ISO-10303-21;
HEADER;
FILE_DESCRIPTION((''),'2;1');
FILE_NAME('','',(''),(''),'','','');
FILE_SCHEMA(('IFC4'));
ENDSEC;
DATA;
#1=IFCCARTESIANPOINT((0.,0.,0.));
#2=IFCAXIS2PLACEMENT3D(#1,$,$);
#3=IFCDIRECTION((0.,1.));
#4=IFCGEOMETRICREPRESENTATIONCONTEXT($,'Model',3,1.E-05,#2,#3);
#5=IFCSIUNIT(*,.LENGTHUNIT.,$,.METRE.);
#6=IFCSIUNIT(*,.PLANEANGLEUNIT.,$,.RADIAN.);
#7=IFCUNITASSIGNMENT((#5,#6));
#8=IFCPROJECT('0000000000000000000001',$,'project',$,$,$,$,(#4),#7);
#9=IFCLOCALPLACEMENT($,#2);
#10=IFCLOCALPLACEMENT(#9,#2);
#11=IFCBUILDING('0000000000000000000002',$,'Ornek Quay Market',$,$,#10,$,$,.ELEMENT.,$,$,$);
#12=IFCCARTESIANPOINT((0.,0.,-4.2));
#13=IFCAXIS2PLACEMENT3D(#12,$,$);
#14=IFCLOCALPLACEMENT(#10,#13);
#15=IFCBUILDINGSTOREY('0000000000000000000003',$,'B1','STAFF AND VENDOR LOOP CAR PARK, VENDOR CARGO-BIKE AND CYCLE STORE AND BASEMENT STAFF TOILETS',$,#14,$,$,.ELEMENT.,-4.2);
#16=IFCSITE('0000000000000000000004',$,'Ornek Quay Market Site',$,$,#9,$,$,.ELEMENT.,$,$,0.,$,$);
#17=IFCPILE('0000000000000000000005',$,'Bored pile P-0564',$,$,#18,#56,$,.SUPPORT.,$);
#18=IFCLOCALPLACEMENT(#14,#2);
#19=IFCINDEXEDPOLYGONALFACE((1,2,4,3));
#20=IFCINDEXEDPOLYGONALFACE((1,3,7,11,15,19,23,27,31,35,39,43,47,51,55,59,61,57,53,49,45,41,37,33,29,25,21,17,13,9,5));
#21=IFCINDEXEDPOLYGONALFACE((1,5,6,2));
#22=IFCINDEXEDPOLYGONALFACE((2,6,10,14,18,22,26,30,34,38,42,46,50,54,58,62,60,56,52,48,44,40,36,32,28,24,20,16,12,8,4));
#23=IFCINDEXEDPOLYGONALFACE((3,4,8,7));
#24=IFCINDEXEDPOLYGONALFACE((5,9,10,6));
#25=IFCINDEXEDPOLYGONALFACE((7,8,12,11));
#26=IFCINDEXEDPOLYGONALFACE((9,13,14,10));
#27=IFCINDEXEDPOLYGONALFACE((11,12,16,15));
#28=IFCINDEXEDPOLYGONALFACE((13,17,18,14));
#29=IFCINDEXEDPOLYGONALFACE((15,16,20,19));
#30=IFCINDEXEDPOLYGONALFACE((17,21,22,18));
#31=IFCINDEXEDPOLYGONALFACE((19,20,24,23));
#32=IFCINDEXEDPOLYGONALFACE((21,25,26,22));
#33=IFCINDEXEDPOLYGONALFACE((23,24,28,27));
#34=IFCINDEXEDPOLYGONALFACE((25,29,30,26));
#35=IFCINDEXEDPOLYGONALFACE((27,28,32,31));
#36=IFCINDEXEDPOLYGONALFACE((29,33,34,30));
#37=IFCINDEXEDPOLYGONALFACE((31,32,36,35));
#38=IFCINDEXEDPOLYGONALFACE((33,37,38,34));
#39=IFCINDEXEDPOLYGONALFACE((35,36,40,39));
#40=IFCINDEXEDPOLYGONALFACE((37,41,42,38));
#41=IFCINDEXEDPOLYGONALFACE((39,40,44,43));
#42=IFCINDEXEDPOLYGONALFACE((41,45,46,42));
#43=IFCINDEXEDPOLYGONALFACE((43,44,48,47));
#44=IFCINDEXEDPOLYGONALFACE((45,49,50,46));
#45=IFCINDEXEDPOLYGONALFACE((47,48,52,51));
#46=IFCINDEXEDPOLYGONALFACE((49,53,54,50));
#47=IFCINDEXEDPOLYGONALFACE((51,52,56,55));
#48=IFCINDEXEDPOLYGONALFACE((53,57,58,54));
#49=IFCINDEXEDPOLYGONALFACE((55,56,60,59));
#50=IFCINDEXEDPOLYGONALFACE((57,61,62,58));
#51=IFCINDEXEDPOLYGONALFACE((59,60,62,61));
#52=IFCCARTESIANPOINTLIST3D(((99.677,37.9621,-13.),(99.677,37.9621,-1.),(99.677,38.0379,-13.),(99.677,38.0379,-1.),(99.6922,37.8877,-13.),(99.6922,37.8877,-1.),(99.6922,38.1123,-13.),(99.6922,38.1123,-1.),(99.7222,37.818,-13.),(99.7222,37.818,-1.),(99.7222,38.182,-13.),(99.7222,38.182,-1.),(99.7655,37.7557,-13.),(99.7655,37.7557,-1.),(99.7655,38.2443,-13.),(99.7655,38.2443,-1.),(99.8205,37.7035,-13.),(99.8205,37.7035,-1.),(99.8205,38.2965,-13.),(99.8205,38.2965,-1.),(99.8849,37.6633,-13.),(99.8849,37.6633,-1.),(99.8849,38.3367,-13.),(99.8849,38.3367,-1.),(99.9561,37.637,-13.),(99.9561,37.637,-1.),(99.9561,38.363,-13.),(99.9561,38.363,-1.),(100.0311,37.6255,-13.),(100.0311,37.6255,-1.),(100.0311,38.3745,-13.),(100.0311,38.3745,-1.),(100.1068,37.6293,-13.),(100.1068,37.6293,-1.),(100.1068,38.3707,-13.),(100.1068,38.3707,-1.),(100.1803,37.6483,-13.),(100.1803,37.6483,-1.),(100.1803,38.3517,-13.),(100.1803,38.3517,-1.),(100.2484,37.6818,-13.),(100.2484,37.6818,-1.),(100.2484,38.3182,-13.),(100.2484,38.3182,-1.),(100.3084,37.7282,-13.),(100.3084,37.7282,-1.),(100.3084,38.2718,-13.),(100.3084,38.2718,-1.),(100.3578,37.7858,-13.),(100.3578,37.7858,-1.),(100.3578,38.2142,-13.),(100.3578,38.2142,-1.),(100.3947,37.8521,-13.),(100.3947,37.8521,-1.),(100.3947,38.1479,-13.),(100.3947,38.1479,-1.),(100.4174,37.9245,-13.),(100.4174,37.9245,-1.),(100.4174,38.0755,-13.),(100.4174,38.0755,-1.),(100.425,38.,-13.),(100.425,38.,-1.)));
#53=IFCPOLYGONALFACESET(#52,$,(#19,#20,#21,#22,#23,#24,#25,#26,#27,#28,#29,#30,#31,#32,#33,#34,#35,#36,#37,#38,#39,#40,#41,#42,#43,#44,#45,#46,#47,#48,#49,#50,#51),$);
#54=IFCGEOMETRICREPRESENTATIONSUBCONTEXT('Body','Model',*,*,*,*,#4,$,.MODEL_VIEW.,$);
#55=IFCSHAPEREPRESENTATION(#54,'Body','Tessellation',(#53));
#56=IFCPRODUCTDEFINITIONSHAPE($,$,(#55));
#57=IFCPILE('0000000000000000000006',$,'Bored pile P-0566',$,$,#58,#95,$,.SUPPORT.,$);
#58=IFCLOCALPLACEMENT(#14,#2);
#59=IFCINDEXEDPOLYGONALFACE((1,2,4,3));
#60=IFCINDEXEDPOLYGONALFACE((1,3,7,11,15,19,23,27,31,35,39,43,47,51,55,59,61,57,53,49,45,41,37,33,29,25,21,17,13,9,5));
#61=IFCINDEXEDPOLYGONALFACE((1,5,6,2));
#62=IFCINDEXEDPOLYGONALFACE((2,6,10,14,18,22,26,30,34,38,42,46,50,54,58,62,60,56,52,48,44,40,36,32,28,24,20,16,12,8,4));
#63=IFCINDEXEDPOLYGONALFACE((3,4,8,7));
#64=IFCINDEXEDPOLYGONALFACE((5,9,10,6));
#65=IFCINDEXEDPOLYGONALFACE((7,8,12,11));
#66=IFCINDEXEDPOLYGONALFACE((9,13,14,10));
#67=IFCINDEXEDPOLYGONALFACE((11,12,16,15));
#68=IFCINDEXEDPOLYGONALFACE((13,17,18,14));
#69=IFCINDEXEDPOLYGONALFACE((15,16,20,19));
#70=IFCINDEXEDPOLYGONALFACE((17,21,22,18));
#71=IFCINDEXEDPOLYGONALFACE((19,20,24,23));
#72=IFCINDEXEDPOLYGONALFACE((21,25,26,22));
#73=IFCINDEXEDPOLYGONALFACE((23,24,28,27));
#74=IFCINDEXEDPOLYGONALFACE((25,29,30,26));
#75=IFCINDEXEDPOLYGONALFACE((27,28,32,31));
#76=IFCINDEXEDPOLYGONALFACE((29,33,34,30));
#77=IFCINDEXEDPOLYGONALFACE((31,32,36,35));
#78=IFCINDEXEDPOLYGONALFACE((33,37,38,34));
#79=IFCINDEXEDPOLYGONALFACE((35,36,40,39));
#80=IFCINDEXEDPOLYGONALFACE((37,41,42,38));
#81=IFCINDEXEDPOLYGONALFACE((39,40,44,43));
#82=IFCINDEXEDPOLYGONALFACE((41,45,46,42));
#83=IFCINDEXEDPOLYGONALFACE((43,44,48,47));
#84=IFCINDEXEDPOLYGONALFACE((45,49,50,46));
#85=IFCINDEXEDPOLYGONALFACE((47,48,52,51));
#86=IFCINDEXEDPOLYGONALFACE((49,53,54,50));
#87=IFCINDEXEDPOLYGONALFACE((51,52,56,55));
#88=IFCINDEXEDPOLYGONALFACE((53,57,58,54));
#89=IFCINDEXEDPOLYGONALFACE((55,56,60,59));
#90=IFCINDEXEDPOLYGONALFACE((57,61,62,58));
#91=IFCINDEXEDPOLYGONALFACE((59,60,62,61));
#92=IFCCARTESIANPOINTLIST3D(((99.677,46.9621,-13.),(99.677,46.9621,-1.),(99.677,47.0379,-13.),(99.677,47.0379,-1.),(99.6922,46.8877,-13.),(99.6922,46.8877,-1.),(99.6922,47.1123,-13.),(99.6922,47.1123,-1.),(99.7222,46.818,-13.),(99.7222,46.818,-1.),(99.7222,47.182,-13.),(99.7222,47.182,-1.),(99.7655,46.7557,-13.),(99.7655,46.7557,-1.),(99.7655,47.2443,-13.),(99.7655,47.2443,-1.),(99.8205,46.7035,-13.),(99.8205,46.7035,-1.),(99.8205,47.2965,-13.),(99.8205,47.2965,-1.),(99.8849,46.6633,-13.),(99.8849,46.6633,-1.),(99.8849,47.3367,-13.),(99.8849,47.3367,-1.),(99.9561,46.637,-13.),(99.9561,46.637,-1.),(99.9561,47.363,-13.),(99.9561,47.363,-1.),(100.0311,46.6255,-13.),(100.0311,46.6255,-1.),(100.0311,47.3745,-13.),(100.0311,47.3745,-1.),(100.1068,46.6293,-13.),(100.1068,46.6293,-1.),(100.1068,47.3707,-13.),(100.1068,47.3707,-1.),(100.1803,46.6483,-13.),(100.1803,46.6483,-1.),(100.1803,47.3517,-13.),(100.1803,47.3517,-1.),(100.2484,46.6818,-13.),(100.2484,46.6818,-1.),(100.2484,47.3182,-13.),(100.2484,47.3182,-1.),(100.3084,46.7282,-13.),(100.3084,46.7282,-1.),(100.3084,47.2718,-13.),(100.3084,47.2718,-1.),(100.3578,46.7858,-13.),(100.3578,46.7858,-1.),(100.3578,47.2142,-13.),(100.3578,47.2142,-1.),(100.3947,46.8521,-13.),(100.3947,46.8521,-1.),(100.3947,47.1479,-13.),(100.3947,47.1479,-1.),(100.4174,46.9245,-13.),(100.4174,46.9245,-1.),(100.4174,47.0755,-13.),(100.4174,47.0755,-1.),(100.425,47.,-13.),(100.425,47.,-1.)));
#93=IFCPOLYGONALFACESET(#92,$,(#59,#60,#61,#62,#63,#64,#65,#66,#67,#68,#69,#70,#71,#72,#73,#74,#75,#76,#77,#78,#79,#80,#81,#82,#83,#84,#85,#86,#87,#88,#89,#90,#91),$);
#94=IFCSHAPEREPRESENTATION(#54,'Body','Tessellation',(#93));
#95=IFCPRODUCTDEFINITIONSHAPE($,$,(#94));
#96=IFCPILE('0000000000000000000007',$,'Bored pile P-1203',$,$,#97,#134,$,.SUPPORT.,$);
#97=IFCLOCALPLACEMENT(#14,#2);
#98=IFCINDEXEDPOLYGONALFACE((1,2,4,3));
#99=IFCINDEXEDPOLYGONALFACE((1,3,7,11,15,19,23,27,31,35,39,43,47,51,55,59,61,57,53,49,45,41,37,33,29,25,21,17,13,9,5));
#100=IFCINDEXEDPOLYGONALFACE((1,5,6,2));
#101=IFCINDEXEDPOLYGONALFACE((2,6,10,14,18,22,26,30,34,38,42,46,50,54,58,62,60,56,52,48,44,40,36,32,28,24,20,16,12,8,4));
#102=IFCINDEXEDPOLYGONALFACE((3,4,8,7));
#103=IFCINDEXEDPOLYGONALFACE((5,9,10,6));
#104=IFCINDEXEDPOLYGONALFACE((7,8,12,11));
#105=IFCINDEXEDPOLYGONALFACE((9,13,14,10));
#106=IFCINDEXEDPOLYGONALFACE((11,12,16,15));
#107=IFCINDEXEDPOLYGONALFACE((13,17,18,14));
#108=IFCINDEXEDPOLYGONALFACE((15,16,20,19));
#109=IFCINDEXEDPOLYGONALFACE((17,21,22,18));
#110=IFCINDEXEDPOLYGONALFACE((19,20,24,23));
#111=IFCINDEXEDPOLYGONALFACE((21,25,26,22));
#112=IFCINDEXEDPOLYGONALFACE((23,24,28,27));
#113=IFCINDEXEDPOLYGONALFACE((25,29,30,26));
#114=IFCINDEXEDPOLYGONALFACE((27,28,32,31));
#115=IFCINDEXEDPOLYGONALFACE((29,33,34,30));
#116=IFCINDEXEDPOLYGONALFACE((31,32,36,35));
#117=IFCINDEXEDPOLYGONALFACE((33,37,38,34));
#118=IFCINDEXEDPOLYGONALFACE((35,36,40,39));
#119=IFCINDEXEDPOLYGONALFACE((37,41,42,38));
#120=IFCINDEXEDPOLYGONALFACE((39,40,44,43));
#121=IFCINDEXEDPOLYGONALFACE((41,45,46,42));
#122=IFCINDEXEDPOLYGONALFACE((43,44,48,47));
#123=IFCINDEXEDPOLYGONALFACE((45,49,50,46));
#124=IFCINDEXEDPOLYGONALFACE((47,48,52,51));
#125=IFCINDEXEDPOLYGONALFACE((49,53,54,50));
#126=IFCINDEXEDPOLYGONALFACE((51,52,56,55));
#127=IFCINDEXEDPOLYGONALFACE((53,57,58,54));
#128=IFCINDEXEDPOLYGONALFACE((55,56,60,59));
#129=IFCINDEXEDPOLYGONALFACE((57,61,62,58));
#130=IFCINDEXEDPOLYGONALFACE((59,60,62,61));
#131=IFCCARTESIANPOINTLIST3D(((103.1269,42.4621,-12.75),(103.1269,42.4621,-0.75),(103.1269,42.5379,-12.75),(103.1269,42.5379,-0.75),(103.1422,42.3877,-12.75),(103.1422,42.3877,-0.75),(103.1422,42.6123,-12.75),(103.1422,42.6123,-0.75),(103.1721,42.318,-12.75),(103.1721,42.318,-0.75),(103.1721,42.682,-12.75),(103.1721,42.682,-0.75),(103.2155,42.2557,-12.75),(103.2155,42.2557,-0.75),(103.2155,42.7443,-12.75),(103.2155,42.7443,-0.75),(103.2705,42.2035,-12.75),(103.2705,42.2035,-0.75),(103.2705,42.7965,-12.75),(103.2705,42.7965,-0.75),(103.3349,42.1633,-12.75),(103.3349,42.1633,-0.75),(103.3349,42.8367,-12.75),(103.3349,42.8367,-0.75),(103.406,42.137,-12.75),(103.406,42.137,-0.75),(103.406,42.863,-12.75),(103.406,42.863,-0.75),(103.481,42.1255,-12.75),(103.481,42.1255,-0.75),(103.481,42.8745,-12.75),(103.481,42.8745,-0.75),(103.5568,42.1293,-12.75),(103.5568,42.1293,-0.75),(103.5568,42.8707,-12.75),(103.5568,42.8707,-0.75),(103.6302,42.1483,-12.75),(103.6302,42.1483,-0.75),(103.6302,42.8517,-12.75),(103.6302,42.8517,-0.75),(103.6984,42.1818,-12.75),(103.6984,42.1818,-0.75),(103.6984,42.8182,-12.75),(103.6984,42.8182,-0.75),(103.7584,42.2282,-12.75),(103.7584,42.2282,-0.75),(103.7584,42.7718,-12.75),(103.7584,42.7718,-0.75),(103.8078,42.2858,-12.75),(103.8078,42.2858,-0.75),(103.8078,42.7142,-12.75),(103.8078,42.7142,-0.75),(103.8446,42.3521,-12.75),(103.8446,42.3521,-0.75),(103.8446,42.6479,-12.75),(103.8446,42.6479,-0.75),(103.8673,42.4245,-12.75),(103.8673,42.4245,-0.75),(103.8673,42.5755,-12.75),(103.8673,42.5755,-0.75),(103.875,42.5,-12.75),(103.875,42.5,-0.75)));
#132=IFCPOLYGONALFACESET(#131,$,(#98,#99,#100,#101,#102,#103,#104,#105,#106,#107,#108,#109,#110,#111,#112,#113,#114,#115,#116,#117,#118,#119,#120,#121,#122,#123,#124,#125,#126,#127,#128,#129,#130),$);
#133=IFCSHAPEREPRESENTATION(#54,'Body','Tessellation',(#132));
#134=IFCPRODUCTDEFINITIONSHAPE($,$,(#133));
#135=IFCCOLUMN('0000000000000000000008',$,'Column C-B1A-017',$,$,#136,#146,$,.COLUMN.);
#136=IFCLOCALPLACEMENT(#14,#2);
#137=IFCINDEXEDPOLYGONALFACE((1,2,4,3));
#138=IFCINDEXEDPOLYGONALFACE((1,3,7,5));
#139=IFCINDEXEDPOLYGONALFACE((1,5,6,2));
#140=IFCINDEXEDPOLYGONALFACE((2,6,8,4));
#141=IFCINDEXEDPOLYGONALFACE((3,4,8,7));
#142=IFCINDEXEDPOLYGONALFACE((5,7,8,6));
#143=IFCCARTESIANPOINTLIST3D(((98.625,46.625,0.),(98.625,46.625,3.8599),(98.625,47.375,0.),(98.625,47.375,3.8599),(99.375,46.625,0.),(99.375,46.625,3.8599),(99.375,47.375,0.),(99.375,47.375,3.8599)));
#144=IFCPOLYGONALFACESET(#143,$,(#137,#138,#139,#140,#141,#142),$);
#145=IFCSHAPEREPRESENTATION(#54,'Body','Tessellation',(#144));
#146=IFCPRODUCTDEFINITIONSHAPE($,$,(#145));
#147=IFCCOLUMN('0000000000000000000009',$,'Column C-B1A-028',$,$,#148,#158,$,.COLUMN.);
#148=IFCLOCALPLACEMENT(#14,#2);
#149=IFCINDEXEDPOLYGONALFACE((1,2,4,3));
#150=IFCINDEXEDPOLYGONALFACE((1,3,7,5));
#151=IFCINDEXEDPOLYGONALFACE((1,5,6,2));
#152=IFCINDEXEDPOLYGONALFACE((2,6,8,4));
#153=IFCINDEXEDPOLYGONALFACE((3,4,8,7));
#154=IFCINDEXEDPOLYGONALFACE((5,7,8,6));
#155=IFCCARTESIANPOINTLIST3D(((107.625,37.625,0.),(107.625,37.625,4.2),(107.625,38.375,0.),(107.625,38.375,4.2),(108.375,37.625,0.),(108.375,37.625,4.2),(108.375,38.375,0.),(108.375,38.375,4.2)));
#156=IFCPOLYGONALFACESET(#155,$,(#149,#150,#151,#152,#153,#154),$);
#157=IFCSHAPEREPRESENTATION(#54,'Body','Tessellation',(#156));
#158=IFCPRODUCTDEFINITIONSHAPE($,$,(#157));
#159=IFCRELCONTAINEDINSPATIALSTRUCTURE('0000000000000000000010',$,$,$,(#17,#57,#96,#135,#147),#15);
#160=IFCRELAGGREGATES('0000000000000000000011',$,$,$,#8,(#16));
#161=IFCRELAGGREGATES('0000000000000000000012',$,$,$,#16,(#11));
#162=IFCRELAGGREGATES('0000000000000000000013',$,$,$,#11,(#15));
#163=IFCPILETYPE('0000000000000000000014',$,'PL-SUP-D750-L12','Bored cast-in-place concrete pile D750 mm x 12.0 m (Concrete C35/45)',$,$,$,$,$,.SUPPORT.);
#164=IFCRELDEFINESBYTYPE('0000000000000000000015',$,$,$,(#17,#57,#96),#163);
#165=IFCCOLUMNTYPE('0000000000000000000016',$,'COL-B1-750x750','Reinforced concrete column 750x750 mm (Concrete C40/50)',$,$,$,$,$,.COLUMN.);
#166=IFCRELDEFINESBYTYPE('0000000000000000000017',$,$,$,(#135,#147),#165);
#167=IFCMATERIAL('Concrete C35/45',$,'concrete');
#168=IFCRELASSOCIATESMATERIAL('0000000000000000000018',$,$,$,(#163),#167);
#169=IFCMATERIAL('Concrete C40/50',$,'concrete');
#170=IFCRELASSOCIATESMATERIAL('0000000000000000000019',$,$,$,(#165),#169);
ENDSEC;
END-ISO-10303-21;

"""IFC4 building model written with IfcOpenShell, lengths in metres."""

from ifc_helpers import new_model, si_unit, direction, frame, origin, origin_2d, place, context, subcontext, project, spatial, rectangle, circle, extrude, material, material_profile, profile_set, type_object, element, save


model = new_model("IFC4")

# Units and contexts
model_context = context("Model", 3, precision=1e-05, world=origin(), true_north=direction((0.0, 1.0)))
body_context = subcontext(model_context, "Body", "Model", "MODEL_VIEW")
ifc_project = project(units=[si_unit("LENGTHUNIT", "METRE"), si_unit("PLANEANGLEUNIT", "RADIAN")], contexts=[model_context])

# Site, building, storey
site_placement = place(None, origin())
site = spatial("IfcSite", under=ifc_project, at=site_placement, Name="Ornek Quay Market Site", CompositionType="ELEMENT", RefElevation=0.0)
building_placement = place(site_placement, origin())
building = spatial("IfcBuilding", under=site, at=building_placement, Name="Ornek Quay Market", CompositionType="ELEMENT")
storey_placement = place(building_placement, frame((0.0, 0.0, -4.2)))
storey = spatial("IfcBuildingStorey", under=building, at=storey_placement, Name="B1", Description="STAFF AND VENDOR LOOP CAR PARK, VENDOR CARGO-BIKE AND CYCLE STORE AND BASEMENT STAFF TOILETS", CompositionType="ELEMENT", Elevation=-4.2)

# Piles
ifc_material_1 = material(Name="Concrete C35/45", Category="concrete")
ifc_material_profile_1 = material_profile(ifc_material_1, circle(Radius=0.375, at=origin_2d()), Name="PILE D750", Category="concrete")
ifc_profile_set_1 = profile_set([ifc_material_profile_1], Name="Concrete C35/45")
pile_type_1 = type_object("IfcPileType", Name="PL-SUP-D750-L12", Description="Bored cast-in-place concrete pile D750 mm x 12.0 m (Concrete C35/45)", PredefinedType="SUPPORT", material=ifc_profile_set_1)
for number, where, z_axis, x_axis, name in (
    (1, (100.05, 38.0, -1.0), (0.0, 0.0, -1.0), (1.0, 0.0, 0.0), "Bored pile P-0564"),
    (2, (100.05, 47.0, -1.0), (0.0, 0.0, -1.0), (1.0, 0.0, 0.0), "Bored pile P-0566"),
    (3, (103.5, 42.5, -0.75), (0.0, 0.0, -1.0), (1.0, 0.0, 0.0), "Bored pile P-1203"),
):
    element("IfcPile", number, at=place(storey_placement, frame(where, z_axis=z_axis, x_axis=x_axis)), inside=storey, type_object=pile_type_1, Name=name, PredefinedType="SUPPORT", context=body_context, shape_type="SweptSolid", body=[
        extrude(circle(Radius=0.375, at=origin_2d()), origin(), (0.0, 0.0, 1.0), 12.0),
    ])

# Columns
ifc_material_2 = material(Name="Concrete C40/50", Category="concrete")
ifc_material_profile_2 = material_profile(ifc_material_2, rectangle(XDim=0.75, YDim=0.75, at=origin_2d()), Name="RC 750x750", Category="concrete")
ifc_profile_set_2 = profile_set([ifc_material_profile_2], Name="Concrete C40/50")
column_type_1 = type_object("IfcColumnType", Name="COL-B1-750x750", Description="Reinforced concrete column 750x750 mm (Concrete C40/50)", PredefinedType="COLUMN", material=ifc_profile_set_2)
column_1_placement = place(storey_placement, frame((99.0, 47.0, 0.0), z_axis=(0.0, 0.0, 1.0), x_axis=(1.0, 0.0, 0.0)))
element("IfcColumn", 4, at=column_1_placement, inside=storey, type_object=column_type_1, Name="Column C-B1A-017", PredefinedType="COLUMN", context=body_context, shape_type="SweptSolid", body=[
    extrude(rectangle(XDim=0.75, YDim=0.75, at=origin_2d()), origin(), (0.0, 0.0, 1.0), 3.8599),
])
column_2_placement = place(storey_placement, frame((108.0, 38.0, 0.0), z_axis=(0.0, 0.0, 1.0), x_axis=(1.0, 0.0, 0.0)))
element("IfcColumn", 5, at=column_2_placement, inside=storey, type_object=column_type_1, Name="Column C-B1A-028", PredefinedType="COLUMN", context=body_context, shape_type="SweptSolid", body=[
    extrude(rectangle(XDim=0.75, YDim=0.75, at=origin_2d()), origin(), (0.0, 0.0, 1.0), 4.2),
])

save(model, "model.ifc")
